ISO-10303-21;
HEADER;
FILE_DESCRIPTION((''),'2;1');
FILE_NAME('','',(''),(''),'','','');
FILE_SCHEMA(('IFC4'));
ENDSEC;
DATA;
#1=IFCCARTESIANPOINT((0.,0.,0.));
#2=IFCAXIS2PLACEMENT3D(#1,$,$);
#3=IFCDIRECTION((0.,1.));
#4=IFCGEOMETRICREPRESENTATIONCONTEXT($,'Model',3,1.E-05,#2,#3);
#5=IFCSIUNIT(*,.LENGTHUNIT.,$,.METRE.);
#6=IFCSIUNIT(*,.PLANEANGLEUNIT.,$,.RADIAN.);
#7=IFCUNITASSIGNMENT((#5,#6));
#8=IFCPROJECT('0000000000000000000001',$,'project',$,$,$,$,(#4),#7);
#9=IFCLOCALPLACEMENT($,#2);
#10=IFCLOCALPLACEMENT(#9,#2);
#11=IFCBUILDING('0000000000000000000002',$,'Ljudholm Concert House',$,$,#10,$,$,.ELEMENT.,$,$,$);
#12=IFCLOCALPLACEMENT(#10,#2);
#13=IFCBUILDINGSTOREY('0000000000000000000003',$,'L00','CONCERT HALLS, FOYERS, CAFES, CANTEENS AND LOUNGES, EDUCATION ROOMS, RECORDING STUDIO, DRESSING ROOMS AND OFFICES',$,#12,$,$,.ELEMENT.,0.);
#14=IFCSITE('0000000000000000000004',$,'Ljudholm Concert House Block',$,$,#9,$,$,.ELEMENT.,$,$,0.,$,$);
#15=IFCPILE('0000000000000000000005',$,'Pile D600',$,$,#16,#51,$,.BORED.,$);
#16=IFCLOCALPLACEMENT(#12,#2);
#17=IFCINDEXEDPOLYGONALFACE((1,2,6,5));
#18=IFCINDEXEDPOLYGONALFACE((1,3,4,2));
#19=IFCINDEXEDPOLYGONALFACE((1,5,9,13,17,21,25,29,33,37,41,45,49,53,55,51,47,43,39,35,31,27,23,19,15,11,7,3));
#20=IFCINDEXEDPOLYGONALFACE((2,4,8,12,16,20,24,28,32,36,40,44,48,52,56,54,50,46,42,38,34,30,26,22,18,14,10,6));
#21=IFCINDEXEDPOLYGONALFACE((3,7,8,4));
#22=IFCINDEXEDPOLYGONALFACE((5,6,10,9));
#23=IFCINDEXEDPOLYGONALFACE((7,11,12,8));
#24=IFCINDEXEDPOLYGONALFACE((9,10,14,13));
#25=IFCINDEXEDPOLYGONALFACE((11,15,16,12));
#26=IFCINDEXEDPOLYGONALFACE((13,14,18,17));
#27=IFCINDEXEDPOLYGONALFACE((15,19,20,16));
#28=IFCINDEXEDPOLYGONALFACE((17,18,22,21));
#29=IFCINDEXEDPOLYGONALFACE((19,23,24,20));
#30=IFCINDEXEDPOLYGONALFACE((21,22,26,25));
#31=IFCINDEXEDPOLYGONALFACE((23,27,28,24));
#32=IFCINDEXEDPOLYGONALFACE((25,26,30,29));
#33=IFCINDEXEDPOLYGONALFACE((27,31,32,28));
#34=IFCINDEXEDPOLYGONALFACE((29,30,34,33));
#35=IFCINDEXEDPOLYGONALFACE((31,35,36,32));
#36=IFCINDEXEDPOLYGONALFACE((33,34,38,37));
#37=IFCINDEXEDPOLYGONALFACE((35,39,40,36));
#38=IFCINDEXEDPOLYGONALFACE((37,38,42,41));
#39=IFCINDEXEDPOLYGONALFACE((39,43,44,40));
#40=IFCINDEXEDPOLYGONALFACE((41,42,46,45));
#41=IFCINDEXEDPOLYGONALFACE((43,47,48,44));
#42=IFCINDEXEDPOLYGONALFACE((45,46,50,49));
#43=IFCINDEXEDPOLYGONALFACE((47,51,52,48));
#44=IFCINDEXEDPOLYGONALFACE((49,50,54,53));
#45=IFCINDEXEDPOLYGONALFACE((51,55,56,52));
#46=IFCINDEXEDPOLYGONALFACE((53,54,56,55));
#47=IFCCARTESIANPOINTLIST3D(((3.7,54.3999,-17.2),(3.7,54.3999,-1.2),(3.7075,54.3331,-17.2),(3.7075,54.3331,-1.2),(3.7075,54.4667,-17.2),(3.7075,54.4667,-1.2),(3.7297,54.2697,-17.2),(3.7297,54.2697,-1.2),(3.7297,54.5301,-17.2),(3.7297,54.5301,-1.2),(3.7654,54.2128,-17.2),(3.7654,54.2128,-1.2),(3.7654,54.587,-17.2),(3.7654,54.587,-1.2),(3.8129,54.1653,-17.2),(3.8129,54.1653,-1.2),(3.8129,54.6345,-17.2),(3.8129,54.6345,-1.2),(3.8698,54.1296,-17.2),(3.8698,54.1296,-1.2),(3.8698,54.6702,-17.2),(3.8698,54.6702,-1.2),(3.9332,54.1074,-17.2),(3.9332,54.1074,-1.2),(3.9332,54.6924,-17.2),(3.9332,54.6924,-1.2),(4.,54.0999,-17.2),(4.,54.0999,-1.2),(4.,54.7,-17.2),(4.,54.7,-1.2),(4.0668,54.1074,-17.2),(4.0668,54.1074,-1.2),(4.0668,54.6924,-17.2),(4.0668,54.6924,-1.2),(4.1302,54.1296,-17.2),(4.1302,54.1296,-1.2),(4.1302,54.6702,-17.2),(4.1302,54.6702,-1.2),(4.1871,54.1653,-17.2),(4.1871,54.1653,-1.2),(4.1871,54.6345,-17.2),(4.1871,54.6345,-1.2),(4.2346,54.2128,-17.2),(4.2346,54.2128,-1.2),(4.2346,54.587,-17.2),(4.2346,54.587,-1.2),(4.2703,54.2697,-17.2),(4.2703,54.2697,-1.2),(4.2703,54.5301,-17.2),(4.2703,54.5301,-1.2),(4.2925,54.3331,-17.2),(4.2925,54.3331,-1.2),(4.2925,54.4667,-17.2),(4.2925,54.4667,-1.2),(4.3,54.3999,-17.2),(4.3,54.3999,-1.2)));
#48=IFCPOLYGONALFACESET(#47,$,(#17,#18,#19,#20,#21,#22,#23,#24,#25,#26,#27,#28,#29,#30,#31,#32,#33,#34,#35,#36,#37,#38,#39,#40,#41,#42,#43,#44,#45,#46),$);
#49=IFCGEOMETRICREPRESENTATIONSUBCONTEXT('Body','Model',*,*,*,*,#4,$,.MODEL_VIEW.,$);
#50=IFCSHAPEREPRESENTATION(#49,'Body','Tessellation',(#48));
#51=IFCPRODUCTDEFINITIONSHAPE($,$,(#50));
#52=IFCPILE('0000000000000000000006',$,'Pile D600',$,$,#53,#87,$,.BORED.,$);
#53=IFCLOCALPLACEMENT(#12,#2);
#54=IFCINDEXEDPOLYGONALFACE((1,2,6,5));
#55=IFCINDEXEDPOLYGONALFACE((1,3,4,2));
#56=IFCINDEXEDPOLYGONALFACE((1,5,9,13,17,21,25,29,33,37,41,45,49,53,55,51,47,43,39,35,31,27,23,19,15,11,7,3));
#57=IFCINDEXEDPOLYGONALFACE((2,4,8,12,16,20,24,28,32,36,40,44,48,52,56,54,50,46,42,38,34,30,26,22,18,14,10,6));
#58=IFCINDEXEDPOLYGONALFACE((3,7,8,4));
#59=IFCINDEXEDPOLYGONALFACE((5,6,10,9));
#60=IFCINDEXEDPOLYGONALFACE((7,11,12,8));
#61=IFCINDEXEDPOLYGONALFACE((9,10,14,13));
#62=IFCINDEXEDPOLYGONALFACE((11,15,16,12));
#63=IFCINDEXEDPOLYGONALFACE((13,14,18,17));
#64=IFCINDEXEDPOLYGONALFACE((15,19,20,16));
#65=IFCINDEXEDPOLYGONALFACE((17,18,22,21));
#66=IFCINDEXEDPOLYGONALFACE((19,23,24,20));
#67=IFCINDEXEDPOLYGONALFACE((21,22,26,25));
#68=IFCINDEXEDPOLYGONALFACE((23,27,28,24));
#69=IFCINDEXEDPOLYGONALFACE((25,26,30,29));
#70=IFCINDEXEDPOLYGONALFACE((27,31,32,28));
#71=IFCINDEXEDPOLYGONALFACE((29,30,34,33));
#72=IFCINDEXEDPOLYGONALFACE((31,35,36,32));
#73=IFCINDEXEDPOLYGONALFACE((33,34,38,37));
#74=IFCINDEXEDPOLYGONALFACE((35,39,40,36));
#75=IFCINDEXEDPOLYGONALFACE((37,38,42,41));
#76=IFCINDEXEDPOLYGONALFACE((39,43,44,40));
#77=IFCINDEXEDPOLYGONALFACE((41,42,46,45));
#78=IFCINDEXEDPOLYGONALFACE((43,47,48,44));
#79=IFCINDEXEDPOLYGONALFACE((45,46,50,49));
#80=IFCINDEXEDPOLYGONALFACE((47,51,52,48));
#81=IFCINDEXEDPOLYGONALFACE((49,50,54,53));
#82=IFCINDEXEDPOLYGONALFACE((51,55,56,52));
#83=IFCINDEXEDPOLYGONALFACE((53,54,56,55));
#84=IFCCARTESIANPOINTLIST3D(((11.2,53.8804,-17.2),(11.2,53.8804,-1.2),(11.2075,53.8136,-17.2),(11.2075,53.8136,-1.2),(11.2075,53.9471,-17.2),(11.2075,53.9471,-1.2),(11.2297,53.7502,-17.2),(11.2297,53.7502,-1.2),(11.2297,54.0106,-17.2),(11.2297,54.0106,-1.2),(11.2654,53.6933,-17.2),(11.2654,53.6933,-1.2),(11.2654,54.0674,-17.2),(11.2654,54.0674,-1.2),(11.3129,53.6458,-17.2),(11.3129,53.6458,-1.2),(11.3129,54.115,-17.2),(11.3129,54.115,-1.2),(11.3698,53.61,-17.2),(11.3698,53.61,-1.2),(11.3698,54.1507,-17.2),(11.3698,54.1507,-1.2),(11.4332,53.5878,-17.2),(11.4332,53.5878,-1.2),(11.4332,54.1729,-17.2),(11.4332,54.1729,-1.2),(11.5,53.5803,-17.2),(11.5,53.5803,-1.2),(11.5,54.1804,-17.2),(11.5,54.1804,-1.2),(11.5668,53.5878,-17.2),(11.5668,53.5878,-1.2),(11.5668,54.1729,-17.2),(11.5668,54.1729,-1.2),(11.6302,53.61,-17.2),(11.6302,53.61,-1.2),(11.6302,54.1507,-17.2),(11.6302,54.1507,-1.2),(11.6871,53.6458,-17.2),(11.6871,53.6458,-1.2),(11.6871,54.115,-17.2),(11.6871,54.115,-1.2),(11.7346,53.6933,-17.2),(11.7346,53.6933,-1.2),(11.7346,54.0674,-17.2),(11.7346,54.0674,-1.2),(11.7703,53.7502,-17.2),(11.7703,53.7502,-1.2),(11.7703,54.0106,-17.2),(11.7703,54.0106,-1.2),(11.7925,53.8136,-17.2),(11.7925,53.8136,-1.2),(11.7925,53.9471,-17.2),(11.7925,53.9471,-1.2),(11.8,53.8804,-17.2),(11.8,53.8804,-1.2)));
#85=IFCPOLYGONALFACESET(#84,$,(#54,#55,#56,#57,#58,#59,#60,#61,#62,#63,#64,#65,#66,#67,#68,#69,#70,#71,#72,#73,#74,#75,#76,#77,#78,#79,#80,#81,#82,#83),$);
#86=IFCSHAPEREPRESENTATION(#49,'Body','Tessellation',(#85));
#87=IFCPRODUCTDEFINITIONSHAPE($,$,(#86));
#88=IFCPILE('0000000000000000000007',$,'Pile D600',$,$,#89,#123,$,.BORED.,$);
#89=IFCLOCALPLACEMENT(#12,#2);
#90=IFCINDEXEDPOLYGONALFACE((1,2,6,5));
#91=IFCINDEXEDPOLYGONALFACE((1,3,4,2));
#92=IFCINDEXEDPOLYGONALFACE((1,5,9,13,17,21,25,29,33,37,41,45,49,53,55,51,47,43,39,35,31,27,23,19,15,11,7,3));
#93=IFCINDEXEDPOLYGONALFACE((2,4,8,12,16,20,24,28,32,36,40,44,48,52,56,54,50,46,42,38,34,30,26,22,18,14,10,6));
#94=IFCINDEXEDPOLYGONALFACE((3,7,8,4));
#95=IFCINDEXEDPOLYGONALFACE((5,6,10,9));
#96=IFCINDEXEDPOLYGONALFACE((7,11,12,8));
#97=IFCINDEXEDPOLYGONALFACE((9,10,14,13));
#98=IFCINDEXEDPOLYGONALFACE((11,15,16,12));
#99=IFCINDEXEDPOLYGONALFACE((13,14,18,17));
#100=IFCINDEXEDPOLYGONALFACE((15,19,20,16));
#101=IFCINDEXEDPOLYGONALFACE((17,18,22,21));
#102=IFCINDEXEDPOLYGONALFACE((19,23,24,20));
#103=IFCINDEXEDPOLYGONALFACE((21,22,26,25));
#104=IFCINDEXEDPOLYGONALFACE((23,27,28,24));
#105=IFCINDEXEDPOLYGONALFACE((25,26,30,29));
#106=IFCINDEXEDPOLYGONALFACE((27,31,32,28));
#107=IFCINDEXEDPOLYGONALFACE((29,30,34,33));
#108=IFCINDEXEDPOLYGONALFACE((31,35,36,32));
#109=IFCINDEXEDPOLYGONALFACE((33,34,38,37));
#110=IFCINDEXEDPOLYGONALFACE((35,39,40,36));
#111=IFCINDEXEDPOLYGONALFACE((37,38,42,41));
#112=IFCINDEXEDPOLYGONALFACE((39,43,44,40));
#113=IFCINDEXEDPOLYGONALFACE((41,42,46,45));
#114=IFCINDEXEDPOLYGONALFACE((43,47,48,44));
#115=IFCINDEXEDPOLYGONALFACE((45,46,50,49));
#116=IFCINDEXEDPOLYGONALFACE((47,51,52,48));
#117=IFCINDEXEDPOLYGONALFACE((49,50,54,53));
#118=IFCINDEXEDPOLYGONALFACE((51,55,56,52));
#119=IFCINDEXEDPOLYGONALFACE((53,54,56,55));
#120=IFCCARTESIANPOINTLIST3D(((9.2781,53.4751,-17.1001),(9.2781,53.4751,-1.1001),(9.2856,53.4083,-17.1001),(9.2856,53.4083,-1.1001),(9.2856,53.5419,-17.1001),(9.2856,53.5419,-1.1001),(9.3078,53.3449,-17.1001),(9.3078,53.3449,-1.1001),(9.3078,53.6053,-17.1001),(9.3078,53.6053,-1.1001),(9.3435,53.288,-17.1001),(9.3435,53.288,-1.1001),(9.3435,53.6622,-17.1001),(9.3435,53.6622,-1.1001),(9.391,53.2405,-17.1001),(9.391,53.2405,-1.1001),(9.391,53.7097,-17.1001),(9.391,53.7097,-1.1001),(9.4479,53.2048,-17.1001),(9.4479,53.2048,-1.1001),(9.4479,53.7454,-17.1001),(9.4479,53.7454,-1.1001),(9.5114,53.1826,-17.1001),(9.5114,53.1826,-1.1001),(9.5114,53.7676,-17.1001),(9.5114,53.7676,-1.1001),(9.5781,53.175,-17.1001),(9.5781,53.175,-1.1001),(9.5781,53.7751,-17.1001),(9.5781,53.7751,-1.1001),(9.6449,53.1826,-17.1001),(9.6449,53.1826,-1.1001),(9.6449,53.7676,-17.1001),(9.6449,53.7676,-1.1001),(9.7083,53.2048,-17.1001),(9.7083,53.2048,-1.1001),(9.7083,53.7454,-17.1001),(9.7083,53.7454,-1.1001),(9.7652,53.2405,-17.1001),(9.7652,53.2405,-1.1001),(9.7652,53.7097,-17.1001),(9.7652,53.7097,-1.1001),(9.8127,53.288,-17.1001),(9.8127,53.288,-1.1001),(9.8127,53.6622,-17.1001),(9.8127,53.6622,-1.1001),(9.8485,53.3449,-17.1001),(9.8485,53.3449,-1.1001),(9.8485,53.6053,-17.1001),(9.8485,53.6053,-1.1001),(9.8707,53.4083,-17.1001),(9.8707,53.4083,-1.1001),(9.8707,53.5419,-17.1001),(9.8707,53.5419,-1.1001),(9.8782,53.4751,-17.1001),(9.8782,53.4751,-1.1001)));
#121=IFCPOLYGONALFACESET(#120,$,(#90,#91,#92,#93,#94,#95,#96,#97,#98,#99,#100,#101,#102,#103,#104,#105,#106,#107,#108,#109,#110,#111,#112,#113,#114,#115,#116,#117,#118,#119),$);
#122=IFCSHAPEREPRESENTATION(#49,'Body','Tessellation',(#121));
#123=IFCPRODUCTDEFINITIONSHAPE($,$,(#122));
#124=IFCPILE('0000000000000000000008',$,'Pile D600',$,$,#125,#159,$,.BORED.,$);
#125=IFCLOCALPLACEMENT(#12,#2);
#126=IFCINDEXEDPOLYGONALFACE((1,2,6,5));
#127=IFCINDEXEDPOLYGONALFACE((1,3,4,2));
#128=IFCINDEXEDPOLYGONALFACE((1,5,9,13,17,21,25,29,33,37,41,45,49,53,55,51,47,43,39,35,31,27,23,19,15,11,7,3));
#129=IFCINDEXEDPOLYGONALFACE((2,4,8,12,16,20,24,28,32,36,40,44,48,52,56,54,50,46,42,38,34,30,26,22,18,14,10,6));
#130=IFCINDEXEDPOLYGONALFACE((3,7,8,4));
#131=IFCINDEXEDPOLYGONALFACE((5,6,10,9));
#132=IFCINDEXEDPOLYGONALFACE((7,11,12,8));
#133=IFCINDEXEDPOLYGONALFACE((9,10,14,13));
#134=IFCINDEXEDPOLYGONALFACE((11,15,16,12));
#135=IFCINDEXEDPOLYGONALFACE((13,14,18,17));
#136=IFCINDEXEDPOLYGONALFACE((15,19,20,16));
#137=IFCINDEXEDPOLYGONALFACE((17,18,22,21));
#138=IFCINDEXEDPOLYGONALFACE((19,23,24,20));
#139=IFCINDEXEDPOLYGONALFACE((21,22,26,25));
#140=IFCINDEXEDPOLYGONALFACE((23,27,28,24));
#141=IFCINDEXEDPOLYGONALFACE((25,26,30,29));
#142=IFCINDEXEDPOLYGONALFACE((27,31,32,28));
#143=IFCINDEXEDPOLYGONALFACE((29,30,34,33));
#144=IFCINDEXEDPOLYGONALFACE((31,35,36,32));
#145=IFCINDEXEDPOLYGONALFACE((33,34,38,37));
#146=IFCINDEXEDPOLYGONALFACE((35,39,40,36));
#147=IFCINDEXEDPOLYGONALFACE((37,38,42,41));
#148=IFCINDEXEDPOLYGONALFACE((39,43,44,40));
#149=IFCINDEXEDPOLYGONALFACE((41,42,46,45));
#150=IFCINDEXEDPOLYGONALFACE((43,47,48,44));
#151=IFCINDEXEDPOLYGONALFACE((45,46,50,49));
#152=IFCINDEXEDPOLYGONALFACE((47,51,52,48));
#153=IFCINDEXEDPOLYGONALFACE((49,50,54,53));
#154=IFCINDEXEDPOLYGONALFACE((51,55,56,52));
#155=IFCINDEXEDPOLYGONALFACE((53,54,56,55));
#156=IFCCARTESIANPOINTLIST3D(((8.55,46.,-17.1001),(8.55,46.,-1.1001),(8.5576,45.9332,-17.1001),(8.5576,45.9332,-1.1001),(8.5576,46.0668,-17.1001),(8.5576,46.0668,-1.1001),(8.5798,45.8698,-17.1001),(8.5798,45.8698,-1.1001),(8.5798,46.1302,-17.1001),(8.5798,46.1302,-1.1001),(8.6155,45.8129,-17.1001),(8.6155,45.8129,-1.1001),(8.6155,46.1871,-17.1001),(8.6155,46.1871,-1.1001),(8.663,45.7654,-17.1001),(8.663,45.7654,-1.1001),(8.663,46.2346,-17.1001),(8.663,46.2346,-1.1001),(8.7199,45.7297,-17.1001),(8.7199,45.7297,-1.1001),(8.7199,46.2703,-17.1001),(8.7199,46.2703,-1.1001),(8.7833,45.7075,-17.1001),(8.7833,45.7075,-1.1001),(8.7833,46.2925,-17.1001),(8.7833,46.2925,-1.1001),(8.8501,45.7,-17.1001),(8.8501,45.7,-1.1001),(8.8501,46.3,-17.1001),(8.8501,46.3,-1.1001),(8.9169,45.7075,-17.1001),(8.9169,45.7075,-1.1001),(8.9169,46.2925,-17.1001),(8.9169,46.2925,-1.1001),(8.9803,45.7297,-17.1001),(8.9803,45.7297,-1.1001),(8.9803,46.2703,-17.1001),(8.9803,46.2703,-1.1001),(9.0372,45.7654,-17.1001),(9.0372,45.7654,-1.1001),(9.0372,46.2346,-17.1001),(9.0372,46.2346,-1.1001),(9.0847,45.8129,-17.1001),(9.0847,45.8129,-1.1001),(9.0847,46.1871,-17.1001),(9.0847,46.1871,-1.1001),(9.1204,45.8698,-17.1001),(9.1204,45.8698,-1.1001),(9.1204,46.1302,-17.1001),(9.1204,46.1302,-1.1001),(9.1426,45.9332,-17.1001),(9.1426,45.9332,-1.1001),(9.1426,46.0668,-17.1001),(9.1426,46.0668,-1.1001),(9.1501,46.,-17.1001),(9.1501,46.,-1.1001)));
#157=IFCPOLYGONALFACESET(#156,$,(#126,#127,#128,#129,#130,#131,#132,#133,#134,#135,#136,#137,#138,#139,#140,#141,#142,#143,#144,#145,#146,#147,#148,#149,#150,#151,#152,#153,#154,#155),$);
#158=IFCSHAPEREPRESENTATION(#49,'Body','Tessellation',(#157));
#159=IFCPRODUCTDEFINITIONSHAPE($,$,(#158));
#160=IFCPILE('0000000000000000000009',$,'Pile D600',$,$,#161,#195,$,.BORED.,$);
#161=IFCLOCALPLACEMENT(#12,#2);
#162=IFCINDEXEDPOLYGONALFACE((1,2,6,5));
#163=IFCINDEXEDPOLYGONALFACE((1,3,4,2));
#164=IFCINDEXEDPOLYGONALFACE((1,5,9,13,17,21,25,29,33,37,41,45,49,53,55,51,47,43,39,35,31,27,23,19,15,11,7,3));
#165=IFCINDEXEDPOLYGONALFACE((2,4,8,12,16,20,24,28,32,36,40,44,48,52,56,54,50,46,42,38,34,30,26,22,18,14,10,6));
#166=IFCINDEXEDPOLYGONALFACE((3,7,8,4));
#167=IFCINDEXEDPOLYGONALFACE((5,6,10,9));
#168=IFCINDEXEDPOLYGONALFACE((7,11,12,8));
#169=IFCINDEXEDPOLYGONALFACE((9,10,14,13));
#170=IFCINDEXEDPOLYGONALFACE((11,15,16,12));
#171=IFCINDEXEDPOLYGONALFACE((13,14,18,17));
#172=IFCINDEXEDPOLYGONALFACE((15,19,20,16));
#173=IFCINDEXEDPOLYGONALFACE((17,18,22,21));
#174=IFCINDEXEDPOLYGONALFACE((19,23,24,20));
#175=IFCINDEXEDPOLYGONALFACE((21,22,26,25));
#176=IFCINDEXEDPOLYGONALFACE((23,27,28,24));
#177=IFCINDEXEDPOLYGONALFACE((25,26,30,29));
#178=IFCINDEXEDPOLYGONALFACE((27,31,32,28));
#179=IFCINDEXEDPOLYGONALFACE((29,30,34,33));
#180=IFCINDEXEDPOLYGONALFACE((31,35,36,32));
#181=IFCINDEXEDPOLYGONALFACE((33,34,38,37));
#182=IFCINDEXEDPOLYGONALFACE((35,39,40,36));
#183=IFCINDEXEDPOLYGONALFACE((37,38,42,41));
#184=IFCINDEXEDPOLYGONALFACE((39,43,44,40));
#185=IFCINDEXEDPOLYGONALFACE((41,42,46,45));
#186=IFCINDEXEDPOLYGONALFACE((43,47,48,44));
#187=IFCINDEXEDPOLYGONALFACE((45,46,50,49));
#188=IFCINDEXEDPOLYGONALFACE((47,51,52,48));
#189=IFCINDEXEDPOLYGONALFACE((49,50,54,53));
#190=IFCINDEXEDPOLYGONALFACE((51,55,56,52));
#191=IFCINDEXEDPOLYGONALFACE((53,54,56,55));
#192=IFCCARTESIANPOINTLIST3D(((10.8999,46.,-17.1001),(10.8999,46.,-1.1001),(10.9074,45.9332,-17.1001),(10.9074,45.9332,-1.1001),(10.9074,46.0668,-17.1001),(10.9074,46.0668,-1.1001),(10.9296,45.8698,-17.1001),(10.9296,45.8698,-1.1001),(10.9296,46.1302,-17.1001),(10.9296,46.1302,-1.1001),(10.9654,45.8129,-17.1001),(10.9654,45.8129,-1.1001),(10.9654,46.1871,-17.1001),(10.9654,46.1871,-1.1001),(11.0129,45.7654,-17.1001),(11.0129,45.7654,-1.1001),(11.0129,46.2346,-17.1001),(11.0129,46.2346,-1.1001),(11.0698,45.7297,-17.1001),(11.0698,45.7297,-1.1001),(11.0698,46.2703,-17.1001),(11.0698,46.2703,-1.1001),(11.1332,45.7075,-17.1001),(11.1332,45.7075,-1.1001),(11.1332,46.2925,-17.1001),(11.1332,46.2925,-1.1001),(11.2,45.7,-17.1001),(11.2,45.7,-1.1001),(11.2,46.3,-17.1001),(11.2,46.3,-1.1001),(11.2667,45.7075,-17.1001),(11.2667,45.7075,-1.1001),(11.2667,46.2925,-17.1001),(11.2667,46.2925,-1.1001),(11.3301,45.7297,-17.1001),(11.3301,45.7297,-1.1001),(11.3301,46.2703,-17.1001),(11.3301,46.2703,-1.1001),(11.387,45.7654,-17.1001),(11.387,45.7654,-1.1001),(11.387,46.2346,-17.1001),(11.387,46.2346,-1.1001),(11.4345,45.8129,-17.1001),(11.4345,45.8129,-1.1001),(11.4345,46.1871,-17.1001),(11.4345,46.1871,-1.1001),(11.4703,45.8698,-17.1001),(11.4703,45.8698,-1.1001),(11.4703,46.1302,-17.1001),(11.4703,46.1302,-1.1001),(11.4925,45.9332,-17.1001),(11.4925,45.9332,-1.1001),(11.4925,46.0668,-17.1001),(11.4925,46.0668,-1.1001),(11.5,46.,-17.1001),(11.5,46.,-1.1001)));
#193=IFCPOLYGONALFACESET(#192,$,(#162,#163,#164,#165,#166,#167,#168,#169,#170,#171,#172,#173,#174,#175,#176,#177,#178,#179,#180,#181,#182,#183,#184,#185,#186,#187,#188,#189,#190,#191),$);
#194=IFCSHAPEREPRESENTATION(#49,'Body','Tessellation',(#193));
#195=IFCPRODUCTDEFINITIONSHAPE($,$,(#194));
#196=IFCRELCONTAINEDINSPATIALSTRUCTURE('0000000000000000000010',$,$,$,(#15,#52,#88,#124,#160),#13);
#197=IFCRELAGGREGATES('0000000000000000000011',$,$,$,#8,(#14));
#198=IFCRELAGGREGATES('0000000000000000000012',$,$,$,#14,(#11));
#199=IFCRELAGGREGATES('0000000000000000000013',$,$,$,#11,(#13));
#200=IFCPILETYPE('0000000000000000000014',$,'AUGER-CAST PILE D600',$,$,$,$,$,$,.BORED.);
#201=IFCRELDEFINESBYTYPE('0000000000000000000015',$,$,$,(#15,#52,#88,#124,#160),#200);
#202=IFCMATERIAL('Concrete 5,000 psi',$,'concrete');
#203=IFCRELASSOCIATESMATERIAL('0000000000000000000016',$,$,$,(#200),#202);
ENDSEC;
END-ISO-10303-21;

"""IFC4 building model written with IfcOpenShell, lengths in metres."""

from ifc_helpers import new_model, si_unit, direction, frame, origin, origin_2d, place, context, subcontext, project, spatial, circle, extrude, material, material_profile, profile_set, type_object, element, save


model = new_model("IFC4")

# Units and contexts
model_context = context("Model", 3, precision=1e-05, world=origin(), true_north=direction((0.0, 1.0)))
body_context = subcontext(model_context, "Body", "Model", "MODEL_VIEW")
ifc_project = project(units=[si_unit("LENGTHUNIT", "METRE"), si_unit("PLANEANGLEUNIT", "RADIAN")], contexts=[model_context])

# Site, building, storey
site_placement = place(None, origin())
site = spatial("IfcSite", under=ifc_project, at=site_placement, Name="Ljudholm Concert House Block", CompositionType="ELEMENT", RefElevation=0.0)
building_placement = place(site_placement, origin())
building = spatial("IfcBuilding", under=site, at=building_placement, Name="Ljudholm Concert House", CompositionType="ELEMENT")
storey_placement = place(building_placement, origin())
storey = spatial("IfcBuildingStorey", under=building, at=storey_placement, Name="L00", Description="CONCERT HALLS, FOYERS, CAFES, CANTEENS AND LOUNGES, EDUCATION ROOMS, RECORDING STUDIO, DRESSING ROOMS AND OFFICES", CompositionType="ELEMENT", Elevation=0.0)

# Piles
ifc_material_1 = material(Name="Concrete 5,000 psi", Category="concrete")
ifc_material_profile_1 = material_profile(ifc_material_1, circle(Radius=0.3, at=origin_2d()), Name="AUGER-CAST PILE D600")
ifc_profile_set_1 = profile_set([ifc_material_profile_1], Name="Concrete 5,000 psi")
pile_type = type_object("IfcPileType", Name="AUGER-CAST PILE D600", PredefinedType="BORED", material=ifc_profile_set_1)
for number, where, z_axis, x_axis, name in (
    (1, (4.0, 54.3999, -1.2), (0.0, 0.0, -1.0), (1.0, 0.0, 0.0), "Pile D600"),
    (2, (11.5, 53.8804, -1.2), (0.0, 0.0, -1.0), (1.0, 0.0, 0.0), "Pile D600"),
    (3, (9.5781, 53.4751, -1.1001), (0.0, 0.0, -1.0), (1.0, 0.0, 0.0), "Pile D600"),
    (4, (8.8501, 46.0, -1.1001), (0.0, 0.0, -1.0), (1.0, 0.0, 0.0), "Pile D600"),
    (5, (11.2, 46.0, -1.1001), (0.0, 0.0, -1.0), (1.0, 0.0, 0.0), "Pile D600"),
):
    element("IfcPile", number, at=place(storey_placement, frame(where, z_axis=z_axis, x_axis=x_axis)), inside=storey, type_object=pile_type, Name=name, PredefinedType="BORED", context=body_context, shape_type="SweptSolid", body=[
        extrude(circle(Radius=0.3, at=origin_2d()), origin(), (0.0, 0.0, 1.0), 16.0),
    ])

save(model, "model.ifc")
